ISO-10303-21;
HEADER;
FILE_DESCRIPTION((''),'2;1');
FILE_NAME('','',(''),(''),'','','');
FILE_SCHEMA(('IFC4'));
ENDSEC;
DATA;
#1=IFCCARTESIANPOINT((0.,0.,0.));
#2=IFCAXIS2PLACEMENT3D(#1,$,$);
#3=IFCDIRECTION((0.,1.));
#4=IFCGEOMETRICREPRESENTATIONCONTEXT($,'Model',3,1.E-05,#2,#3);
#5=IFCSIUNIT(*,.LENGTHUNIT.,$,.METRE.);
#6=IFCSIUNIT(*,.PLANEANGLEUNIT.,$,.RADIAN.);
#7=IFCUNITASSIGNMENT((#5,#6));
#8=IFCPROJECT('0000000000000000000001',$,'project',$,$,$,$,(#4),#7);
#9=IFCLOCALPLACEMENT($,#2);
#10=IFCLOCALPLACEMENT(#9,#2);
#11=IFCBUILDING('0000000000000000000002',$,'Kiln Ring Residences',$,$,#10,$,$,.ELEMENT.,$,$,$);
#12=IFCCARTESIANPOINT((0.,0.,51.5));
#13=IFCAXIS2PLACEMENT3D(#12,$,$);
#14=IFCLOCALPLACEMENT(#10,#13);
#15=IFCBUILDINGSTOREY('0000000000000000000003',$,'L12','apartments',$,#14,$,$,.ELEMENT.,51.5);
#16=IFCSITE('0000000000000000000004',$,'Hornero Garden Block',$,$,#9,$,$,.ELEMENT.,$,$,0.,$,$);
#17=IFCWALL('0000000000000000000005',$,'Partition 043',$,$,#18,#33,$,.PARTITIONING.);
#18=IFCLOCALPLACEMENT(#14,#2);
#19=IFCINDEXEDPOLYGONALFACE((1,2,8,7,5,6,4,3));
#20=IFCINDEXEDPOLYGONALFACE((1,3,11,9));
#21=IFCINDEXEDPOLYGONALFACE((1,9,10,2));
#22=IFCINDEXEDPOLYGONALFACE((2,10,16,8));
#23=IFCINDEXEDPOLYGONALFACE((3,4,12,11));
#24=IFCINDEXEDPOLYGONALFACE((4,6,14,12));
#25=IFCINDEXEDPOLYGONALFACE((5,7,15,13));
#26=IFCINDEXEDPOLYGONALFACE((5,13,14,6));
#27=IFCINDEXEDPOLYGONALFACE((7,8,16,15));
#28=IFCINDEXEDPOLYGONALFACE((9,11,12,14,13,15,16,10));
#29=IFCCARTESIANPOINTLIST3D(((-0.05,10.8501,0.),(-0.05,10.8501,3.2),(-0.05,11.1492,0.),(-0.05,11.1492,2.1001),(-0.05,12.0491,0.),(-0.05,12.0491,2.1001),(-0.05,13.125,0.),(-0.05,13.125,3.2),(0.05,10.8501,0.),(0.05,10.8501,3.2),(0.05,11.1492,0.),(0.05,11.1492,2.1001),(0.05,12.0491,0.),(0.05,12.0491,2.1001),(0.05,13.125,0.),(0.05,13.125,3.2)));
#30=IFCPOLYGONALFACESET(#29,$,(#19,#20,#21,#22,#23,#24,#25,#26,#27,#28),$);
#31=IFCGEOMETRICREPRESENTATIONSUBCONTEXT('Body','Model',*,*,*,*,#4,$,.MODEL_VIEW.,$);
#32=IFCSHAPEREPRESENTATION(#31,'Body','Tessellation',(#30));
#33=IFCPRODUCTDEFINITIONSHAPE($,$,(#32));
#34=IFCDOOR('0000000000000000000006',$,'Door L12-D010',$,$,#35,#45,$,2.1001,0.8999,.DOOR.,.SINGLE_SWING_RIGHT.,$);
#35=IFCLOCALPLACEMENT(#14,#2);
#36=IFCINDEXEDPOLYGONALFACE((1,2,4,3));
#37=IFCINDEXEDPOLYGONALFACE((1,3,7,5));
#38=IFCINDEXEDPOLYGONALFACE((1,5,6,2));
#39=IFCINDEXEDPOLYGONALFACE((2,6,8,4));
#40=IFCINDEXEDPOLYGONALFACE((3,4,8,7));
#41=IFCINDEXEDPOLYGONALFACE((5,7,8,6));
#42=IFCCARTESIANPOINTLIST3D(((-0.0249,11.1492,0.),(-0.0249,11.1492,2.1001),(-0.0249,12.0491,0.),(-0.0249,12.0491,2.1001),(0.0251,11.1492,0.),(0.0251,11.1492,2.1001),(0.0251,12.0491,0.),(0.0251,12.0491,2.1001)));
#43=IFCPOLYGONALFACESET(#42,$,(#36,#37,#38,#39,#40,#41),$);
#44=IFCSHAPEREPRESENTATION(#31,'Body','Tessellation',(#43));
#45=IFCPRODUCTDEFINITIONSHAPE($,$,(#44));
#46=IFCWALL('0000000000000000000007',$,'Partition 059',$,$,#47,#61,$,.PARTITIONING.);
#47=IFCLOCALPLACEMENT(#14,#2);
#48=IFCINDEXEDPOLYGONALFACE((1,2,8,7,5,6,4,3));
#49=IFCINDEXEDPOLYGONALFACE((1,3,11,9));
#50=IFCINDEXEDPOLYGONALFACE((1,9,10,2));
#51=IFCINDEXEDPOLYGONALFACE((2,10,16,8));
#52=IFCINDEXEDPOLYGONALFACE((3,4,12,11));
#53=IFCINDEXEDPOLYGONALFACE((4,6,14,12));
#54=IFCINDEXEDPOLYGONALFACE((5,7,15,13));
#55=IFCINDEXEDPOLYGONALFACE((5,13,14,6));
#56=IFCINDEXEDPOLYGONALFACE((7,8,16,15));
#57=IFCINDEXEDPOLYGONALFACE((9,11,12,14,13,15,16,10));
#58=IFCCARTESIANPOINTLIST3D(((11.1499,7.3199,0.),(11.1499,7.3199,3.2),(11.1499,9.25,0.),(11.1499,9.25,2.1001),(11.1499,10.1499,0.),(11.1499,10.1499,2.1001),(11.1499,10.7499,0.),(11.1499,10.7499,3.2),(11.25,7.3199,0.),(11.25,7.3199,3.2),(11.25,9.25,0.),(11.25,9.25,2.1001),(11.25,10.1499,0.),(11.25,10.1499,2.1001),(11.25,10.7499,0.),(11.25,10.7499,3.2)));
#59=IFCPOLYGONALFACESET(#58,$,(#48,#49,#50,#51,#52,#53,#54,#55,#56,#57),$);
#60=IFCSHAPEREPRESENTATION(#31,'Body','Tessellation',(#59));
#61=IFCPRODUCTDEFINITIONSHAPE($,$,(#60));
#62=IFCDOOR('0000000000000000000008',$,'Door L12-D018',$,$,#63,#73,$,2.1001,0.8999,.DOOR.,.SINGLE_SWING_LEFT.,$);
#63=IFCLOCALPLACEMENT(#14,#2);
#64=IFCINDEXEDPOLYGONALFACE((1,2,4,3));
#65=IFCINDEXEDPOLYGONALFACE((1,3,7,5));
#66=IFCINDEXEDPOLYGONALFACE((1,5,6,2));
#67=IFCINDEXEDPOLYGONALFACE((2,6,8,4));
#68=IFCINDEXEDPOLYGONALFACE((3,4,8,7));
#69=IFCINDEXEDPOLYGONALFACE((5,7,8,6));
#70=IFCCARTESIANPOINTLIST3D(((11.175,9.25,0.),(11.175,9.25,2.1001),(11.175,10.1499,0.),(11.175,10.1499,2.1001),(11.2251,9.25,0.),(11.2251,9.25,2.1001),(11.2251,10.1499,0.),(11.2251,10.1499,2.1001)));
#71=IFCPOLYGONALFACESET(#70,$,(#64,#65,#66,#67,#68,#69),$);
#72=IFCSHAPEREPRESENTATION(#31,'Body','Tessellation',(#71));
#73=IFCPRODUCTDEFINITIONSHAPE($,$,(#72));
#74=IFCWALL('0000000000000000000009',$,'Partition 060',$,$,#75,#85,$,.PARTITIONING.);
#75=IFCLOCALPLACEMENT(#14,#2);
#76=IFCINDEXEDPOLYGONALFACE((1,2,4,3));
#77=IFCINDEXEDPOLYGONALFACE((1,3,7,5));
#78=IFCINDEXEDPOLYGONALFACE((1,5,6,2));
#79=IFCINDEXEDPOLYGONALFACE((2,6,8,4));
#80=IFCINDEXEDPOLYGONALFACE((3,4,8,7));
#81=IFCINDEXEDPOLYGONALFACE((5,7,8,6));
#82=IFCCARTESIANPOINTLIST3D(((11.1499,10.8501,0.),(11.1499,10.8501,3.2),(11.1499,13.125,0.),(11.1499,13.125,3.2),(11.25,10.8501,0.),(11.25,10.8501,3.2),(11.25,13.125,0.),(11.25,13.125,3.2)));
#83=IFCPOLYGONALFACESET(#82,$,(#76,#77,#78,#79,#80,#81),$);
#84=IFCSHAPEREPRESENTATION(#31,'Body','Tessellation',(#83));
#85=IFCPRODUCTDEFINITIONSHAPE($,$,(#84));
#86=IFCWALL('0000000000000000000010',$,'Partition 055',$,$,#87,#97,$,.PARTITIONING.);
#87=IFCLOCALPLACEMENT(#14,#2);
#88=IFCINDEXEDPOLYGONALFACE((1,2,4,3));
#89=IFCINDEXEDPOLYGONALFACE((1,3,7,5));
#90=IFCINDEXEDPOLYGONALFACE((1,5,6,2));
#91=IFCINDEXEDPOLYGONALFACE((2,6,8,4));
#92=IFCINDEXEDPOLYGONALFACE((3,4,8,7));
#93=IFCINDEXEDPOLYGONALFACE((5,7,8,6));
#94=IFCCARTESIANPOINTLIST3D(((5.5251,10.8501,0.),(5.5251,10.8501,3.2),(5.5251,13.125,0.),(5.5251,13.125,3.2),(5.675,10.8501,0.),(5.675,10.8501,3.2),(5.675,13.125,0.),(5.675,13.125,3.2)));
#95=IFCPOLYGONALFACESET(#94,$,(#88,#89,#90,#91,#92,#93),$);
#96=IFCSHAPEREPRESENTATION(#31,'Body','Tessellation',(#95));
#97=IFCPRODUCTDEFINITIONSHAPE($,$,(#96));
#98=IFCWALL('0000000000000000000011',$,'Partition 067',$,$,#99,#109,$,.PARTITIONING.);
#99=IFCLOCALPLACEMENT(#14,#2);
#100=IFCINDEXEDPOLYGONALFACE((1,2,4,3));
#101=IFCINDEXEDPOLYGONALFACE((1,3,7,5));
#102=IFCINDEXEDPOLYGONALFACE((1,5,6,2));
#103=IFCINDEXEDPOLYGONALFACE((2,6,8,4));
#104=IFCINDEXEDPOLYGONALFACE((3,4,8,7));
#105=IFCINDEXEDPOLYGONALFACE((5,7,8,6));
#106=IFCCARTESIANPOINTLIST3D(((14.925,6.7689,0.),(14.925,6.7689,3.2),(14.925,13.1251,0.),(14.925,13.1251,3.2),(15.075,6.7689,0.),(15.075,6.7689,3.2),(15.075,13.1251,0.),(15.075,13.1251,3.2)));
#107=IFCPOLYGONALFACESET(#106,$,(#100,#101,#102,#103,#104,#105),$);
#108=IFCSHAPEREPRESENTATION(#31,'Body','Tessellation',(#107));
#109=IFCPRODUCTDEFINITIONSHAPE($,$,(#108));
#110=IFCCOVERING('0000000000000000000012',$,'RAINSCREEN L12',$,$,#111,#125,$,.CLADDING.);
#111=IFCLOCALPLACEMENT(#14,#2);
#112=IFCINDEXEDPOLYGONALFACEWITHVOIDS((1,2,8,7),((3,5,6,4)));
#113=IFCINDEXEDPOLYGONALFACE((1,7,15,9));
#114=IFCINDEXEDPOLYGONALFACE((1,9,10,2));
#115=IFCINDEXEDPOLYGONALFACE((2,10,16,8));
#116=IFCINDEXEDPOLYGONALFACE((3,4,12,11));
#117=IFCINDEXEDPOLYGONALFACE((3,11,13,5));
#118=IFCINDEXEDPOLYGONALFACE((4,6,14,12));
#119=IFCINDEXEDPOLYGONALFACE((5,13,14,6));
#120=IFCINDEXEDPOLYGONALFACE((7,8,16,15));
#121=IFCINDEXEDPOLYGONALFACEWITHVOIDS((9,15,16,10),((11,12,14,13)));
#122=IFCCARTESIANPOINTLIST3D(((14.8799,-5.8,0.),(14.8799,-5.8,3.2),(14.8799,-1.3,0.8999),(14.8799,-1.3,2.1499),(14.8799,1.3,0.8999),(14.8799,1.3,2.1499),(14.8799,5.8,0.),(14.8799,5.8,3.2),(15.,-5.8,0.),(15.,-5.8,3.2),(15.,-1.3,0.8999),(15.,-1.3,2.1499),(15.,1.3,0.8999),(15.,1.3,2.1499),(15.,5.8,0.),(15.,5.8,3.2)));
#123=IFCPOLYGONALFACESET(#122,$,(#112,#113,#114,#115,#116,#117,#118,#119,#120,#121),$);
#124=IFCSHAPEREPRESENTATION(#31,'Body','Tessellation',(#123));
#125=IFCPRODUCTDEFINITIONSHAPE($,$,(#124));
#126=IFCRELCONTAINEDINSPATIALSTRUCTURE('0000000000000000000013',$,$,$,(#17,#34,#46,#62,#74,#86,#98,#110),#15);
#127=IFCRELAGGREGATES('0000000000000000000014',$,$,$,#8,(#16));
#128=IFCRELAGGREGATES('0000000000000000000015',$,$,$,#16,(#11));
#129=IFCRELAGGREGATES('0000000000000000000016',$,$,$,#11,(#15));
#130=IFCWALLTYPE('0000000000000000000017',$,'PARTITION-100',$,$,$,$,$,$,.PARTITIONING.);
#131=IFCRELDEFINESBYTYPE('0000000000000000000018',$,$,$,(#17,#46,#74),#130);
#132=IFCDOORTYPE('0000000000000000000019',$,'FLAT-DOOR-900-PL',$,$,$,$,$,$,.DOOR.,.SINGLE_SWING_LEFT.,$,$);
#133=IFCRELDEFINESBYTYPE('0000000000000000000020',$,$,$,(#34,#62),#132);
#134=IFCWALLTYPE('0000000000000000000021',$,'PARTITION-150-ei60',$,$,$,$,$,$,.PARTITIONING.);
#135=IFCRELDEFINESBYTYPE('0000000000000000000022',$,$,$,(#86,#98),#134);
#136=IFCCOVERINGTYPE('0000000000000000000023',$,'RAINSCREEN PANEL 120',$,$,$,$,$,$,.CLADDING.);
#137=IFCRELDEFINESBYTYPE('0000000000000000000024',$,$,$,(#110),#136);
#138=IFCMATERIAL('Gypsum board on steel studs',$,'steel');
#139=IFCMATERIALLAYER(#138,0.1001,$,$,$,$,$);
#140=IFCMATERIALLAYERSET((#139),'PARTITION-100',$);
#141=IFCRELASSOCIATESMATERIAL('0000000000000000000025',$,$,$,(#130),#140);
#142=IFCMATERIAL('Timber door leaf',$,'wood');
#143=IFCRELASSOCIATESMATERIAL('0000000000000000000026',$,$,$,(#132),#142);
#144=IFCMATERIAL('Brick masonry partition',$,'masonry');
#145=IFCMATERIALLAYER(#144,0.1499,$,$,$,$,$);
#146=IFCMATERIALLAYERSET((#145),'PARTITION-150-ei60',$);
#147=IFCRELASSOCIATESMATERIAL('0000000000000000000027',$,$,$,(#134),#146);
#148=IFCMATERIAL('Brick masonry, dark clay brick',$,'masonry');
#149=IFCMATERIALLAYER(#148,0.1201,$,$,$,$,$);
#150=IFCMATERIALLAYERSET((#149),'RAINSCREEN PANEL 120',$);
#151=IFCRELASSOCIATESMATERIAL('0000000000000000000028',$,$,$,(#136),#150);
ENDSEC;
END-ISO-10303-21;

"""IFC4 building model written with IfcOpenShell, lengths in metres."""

from ifc_helpers import new_model, si_unit, direction, frame, frame_2d, origin, place, context, subcontext, project, spatial, polyline, rectangle, outline, extrude, material, layer, layer_set, type_object, element, fill, save


model = new_model("IFC4")

# Units and contexts
model_context = context("Model", 3, precision=1e-05, world=origin(), true_north=direction((0.0, 1.0)))
body_context = subcontext(model_context, "Body", "Model", "MODEL_VIEW")
ifc_project = project(units=[si_unit("LENGTHUNIT", "METRE"), si_unit("PLANEANGLEUNIT", "RADIAN")], contexts=[model_context])

# Site, building, storey
site_placement = place(None, origin())
site = spatial("IfcSite", under=ifc_project, at=site_placement, Name="Hornero Garden Block", CompositionType="ELEMENT", RefElevation=0.0)
building_placement = place(site_placement, origin())
building = spatial("IfcBuilding", under=site, at=building_placement, Name="Kiln Ring Residences", CompositionType="ELEMENT")
storey_placement = place(building_placement, frame((0.0, 0.0, 51.5)))
storey = spatial("IfcBuildingStorey", under=building, at=storey_placement, Name="L12", Description="apartments", CompositionType="ELEMENT", Elevation=51.5)

# Shared definitions
ifc_material_1 = material(Name="Gypsum board on steel studs", Category="steel")
ifc_layer_1 = layer(ifc_material_1, 0.1001)
ifc_layer_set_1 = layer_set([ifc_layer_1], Name="PARTITION-100")
wall_type_1 = type_object("IfcWallType", Name="PARTITION-100", PredefinedType="PARTITIONING", material=ifc_layer_set_1)

# Wall, opening, door
wall_1_placement = place(storey_placement, frame((0.0, 10.8501, 0.0), z_axis=(0.0, 0.0, 1.0), x_axis=(0.0, 1.0, 0.0)))
wall_1 = element("IfcWall", 1, at=wall_1_placement, inside=storey, type_object=wall_type_1, Name="Partition 043", PredefinedType="PARTITIONING", context=body_context, shape_type="SweptSolid", body=[
    extrude(rectangle(XDim=2.2749, YDim=0.1001, at=frame_2d((1.1375, 0.0))), origin(), (0.0, 0.0, 1.0), 3.2),
])
opening_1_placement = place(wall_1_placement, frame((0.2991, 0.0, 0.0)))
opening_1 = element("IfcOpeningElement", 2, at=opening_1_placement, cuts=wall_1, PredefinedType="OPENING", context=body_context, shape_type="SweptSolid", body=[
    extrude(rectangle(XDim=0.8999, YDim=2.1001, at=frame_2d((0.45, 1.05))), frame((0.0, 0.0601, 0.0), z_axis=(0.0, -1.0, 0.0), x_axis=(1.0, 0.0, 0.0)), (0.0, 0.0, 1.0), 0.1201),
])
ifc_material_2 = material(Name="Timber door leaf", Category="wood")
door_type = type_object("IfcDoorType", Name="FLAT-DOOR-900-PL", OperationType="SINGLE_SWING_LEFT", PredefinedType="DOOR", material=ifc_material_2)
door_1_placement = place(opening_1_placement, origin())
door_1 = element("IfcDoor", 3, at=door_1_placement, inside=storey, type_object=door_type, Name="Door L12-D010", OperationType="SINGLE_SWING_RIGHT", OverallHeight=2.1001, OverallWidth=0.8999, PredefinedType="DOOR", context=body_context, shape_type="SweptSolid", body=[
    extrude(rectangle(XDim=0.8999, YDim=2.1001, at=frame_2d((0.45, 1.05))), frame((0.0, 0.0249, 0.0), z_axis=(0.0, -1.0, 0.0), x_axis=(1.0, 0.0, 0.0)), (0.0, 0.0, 1.0), 0.05),
])
fill(opening_1, door_1)

# Wall, opening, door
wall_2_placement = place(storey_placement, frame((11.2, 7.3201, 0.0), z_axis=(0.0, 0.0, 1.0), x_axis=(0.0, 1.0, 0.0)))
wall_2 = element("IfcWall", 4, at=wall_2_placement, inside=storey, type_object=wall_type_1, Name="Partition 059", PredefinedType="PARTITIONING", context=body_context, shape_type="SweptSolid", body=[
    extrude(rectangle(XDim=3.4299, YDim=0.1001, at=frame_2d((1.7148, 0.0))), origin(), (0.0, 0.0, 1.0), 3.2),
])
opening_2_placement = place(wall_2_placement, frame((1.9299, 0.0, 0.0)))
opening_2 = element("IfcOpeningElement", 5, at=opening_2_placement, cuts=wall_2, PredefinedType="OPENING", context=body_context, shape_type="SweptSolid", body=[
    extrude(rectangle(XDim=0.8999, YDim=2.1001, at=frame_2d((0.45, 1.05))), frame((0.0, 0.0601, 0.0), z_axis=(0.0, -1.0, 0.0), x_axis=(1.0, 0.0, 0.0)), (0.0, 0.0, 1.0), 0.1201),
])
door_2_placement = place(opening_2_placement, origin())
door_2 = element("IfcDoor", 6, at=door_2_placement, inside=storey, type_object=door_type, Name="Door L12-D018", OperationType="SINGLE_SWING_LEFT", OverallHeight=2.1001, OverallWidth=0.8999, PredefinedType="DOOR", context=body_context, shape_type="SweptSolid", body=[
    extrude(rectangle(XDim=0.8999, YDim=2.1001, at=frame_2d((0.45, 1.05))), frame((0.0, 0.0249, 0.0), z_axis=(0.0, -1.0, 0.0), x_axis=(1.0, 0.0, 0.0)), (0.0, 0.0, 1.0), 0.05),
])
fill(opening_2, door_2)

# Walls
wall_3_placement = place(storey_placement, frame((11.2, 10.8501, 0.0), z_axis=(0.0, 0.0, 1.0), x_axis=(0.0, 1.0, 0.0)))
element("IfcWall", 7, at=wall_3_placement, inside=storey, type_object=wall_type_1, Name="Partition 060", PredefinedType="PARTITIONING", context=body_context, shape_type="SweptSolid", body=[
    extrude(rectangle(XDim=2.2749, YDim=0.1001, at=frame_2d((1.1375, 0.0))), origin(), (0.0, 0.0, 1.0), 3.2),
])
ifc_material_3 = material(Name="Brick masonry partition", Category="masonry")
ifc_layer_2 = layer(ifc_material_3, 0.1499)
ifc_layer_set_2 = layer_set([ifc_layer_2], Name="PARTITION-150-ei60")
wall_type_2 = type_object("IfcWallType", Name="PARTITION-150-ei60", PredefinedType="PARTITIONING", material=ifc_layer_set_2)
wall_4_placement = place(storey_placement, frame((5.6001, 10.8501, 0.0), z_axis=(0.0, 0.0, 1.0), x_axis=(0.0, 1.0, 0.0)))
element("IfcWall", 8, at=wall_4_placement, inside=storey, type_object=wall_type_2, Name="Partition 055", PredefinedType="PARTITIONING", context=body_context, shape_type="SweptSolid", body=[
    extrude(rectangle(XDim=2.2749, YDim=0.1499, at=frame_2d((1.1375, 0.0))), origin(), (0.0, 0.0, 1.0), 3.2),
])
wall_5_placement = place(storey_placement, frame((15.0, 6.7688, 0.0), z_axis=(0.0, 0.0, 1.0), x_axis=(0.0, 1.0, 0.0)))
element("IfcWall", 9, at=wall_5_placement, inside=storey, type_object=wall_type_2, Name="Partition 067", PredefinedType="PARTITIONING", context=body_context, shape_type="SweptSolid", body=[
    extrude(rectangle(XDim=6.3562, YDim=0.1499, at=frame_2d((3.1782, 0.0))), origin(), (0.0, 0.0, 1.0), 3.2),
])

# Covering
ifc_material_4 = material(Name="Brick masonry, dark clay brick", Category="masonry")
ifc_layer_3 = layer(ifc_material_4, 0.1201)
ifc_layer_set_3 = layer_set([ifc_layer_3], Name="RAINSCREEN PANEL 120")
covering_type = type_object("IfcCoveringType", Name="RAINSCREEN PANEL 120", PredefinedType="CLADDING", material=ifc_layer_set_3)
covering_placement = place(storey_placement, frame((14.9399, 5.8, 0.0), z_axis=(0.0, 0.0, 1.0), x_axis=(0.0, -1.0, 0.0)))
element("IfcCovering", 10, at=covering_placement, inside=storey, type_object=covering_type, Name="RAINSCREEN L12", PredefinedType="CLADDING", context=body_context, shape_type="SweptSolid", body=[
    extrude(outline(polyline([(0.0, 0.0), (11.6001, 0.0), (11.6001, 3.2), (0.0, 3.2), (0.0, 0.0)]), holes=[polyline([(4.5, 2.1499), (4.5, 0.8999), (7.1001, 0.8999), (7.1001, 2.1499), (4.5, 2.1499)])]), frame((0.0, 0.0601, 0.0), z_axis=(0.0, -1.0, 0.0), x_axis=(1.0, 0.0, 0.0)), (0.0, 0.0, 1.0), 0.1201),
])

save(model, "model.ifc")
